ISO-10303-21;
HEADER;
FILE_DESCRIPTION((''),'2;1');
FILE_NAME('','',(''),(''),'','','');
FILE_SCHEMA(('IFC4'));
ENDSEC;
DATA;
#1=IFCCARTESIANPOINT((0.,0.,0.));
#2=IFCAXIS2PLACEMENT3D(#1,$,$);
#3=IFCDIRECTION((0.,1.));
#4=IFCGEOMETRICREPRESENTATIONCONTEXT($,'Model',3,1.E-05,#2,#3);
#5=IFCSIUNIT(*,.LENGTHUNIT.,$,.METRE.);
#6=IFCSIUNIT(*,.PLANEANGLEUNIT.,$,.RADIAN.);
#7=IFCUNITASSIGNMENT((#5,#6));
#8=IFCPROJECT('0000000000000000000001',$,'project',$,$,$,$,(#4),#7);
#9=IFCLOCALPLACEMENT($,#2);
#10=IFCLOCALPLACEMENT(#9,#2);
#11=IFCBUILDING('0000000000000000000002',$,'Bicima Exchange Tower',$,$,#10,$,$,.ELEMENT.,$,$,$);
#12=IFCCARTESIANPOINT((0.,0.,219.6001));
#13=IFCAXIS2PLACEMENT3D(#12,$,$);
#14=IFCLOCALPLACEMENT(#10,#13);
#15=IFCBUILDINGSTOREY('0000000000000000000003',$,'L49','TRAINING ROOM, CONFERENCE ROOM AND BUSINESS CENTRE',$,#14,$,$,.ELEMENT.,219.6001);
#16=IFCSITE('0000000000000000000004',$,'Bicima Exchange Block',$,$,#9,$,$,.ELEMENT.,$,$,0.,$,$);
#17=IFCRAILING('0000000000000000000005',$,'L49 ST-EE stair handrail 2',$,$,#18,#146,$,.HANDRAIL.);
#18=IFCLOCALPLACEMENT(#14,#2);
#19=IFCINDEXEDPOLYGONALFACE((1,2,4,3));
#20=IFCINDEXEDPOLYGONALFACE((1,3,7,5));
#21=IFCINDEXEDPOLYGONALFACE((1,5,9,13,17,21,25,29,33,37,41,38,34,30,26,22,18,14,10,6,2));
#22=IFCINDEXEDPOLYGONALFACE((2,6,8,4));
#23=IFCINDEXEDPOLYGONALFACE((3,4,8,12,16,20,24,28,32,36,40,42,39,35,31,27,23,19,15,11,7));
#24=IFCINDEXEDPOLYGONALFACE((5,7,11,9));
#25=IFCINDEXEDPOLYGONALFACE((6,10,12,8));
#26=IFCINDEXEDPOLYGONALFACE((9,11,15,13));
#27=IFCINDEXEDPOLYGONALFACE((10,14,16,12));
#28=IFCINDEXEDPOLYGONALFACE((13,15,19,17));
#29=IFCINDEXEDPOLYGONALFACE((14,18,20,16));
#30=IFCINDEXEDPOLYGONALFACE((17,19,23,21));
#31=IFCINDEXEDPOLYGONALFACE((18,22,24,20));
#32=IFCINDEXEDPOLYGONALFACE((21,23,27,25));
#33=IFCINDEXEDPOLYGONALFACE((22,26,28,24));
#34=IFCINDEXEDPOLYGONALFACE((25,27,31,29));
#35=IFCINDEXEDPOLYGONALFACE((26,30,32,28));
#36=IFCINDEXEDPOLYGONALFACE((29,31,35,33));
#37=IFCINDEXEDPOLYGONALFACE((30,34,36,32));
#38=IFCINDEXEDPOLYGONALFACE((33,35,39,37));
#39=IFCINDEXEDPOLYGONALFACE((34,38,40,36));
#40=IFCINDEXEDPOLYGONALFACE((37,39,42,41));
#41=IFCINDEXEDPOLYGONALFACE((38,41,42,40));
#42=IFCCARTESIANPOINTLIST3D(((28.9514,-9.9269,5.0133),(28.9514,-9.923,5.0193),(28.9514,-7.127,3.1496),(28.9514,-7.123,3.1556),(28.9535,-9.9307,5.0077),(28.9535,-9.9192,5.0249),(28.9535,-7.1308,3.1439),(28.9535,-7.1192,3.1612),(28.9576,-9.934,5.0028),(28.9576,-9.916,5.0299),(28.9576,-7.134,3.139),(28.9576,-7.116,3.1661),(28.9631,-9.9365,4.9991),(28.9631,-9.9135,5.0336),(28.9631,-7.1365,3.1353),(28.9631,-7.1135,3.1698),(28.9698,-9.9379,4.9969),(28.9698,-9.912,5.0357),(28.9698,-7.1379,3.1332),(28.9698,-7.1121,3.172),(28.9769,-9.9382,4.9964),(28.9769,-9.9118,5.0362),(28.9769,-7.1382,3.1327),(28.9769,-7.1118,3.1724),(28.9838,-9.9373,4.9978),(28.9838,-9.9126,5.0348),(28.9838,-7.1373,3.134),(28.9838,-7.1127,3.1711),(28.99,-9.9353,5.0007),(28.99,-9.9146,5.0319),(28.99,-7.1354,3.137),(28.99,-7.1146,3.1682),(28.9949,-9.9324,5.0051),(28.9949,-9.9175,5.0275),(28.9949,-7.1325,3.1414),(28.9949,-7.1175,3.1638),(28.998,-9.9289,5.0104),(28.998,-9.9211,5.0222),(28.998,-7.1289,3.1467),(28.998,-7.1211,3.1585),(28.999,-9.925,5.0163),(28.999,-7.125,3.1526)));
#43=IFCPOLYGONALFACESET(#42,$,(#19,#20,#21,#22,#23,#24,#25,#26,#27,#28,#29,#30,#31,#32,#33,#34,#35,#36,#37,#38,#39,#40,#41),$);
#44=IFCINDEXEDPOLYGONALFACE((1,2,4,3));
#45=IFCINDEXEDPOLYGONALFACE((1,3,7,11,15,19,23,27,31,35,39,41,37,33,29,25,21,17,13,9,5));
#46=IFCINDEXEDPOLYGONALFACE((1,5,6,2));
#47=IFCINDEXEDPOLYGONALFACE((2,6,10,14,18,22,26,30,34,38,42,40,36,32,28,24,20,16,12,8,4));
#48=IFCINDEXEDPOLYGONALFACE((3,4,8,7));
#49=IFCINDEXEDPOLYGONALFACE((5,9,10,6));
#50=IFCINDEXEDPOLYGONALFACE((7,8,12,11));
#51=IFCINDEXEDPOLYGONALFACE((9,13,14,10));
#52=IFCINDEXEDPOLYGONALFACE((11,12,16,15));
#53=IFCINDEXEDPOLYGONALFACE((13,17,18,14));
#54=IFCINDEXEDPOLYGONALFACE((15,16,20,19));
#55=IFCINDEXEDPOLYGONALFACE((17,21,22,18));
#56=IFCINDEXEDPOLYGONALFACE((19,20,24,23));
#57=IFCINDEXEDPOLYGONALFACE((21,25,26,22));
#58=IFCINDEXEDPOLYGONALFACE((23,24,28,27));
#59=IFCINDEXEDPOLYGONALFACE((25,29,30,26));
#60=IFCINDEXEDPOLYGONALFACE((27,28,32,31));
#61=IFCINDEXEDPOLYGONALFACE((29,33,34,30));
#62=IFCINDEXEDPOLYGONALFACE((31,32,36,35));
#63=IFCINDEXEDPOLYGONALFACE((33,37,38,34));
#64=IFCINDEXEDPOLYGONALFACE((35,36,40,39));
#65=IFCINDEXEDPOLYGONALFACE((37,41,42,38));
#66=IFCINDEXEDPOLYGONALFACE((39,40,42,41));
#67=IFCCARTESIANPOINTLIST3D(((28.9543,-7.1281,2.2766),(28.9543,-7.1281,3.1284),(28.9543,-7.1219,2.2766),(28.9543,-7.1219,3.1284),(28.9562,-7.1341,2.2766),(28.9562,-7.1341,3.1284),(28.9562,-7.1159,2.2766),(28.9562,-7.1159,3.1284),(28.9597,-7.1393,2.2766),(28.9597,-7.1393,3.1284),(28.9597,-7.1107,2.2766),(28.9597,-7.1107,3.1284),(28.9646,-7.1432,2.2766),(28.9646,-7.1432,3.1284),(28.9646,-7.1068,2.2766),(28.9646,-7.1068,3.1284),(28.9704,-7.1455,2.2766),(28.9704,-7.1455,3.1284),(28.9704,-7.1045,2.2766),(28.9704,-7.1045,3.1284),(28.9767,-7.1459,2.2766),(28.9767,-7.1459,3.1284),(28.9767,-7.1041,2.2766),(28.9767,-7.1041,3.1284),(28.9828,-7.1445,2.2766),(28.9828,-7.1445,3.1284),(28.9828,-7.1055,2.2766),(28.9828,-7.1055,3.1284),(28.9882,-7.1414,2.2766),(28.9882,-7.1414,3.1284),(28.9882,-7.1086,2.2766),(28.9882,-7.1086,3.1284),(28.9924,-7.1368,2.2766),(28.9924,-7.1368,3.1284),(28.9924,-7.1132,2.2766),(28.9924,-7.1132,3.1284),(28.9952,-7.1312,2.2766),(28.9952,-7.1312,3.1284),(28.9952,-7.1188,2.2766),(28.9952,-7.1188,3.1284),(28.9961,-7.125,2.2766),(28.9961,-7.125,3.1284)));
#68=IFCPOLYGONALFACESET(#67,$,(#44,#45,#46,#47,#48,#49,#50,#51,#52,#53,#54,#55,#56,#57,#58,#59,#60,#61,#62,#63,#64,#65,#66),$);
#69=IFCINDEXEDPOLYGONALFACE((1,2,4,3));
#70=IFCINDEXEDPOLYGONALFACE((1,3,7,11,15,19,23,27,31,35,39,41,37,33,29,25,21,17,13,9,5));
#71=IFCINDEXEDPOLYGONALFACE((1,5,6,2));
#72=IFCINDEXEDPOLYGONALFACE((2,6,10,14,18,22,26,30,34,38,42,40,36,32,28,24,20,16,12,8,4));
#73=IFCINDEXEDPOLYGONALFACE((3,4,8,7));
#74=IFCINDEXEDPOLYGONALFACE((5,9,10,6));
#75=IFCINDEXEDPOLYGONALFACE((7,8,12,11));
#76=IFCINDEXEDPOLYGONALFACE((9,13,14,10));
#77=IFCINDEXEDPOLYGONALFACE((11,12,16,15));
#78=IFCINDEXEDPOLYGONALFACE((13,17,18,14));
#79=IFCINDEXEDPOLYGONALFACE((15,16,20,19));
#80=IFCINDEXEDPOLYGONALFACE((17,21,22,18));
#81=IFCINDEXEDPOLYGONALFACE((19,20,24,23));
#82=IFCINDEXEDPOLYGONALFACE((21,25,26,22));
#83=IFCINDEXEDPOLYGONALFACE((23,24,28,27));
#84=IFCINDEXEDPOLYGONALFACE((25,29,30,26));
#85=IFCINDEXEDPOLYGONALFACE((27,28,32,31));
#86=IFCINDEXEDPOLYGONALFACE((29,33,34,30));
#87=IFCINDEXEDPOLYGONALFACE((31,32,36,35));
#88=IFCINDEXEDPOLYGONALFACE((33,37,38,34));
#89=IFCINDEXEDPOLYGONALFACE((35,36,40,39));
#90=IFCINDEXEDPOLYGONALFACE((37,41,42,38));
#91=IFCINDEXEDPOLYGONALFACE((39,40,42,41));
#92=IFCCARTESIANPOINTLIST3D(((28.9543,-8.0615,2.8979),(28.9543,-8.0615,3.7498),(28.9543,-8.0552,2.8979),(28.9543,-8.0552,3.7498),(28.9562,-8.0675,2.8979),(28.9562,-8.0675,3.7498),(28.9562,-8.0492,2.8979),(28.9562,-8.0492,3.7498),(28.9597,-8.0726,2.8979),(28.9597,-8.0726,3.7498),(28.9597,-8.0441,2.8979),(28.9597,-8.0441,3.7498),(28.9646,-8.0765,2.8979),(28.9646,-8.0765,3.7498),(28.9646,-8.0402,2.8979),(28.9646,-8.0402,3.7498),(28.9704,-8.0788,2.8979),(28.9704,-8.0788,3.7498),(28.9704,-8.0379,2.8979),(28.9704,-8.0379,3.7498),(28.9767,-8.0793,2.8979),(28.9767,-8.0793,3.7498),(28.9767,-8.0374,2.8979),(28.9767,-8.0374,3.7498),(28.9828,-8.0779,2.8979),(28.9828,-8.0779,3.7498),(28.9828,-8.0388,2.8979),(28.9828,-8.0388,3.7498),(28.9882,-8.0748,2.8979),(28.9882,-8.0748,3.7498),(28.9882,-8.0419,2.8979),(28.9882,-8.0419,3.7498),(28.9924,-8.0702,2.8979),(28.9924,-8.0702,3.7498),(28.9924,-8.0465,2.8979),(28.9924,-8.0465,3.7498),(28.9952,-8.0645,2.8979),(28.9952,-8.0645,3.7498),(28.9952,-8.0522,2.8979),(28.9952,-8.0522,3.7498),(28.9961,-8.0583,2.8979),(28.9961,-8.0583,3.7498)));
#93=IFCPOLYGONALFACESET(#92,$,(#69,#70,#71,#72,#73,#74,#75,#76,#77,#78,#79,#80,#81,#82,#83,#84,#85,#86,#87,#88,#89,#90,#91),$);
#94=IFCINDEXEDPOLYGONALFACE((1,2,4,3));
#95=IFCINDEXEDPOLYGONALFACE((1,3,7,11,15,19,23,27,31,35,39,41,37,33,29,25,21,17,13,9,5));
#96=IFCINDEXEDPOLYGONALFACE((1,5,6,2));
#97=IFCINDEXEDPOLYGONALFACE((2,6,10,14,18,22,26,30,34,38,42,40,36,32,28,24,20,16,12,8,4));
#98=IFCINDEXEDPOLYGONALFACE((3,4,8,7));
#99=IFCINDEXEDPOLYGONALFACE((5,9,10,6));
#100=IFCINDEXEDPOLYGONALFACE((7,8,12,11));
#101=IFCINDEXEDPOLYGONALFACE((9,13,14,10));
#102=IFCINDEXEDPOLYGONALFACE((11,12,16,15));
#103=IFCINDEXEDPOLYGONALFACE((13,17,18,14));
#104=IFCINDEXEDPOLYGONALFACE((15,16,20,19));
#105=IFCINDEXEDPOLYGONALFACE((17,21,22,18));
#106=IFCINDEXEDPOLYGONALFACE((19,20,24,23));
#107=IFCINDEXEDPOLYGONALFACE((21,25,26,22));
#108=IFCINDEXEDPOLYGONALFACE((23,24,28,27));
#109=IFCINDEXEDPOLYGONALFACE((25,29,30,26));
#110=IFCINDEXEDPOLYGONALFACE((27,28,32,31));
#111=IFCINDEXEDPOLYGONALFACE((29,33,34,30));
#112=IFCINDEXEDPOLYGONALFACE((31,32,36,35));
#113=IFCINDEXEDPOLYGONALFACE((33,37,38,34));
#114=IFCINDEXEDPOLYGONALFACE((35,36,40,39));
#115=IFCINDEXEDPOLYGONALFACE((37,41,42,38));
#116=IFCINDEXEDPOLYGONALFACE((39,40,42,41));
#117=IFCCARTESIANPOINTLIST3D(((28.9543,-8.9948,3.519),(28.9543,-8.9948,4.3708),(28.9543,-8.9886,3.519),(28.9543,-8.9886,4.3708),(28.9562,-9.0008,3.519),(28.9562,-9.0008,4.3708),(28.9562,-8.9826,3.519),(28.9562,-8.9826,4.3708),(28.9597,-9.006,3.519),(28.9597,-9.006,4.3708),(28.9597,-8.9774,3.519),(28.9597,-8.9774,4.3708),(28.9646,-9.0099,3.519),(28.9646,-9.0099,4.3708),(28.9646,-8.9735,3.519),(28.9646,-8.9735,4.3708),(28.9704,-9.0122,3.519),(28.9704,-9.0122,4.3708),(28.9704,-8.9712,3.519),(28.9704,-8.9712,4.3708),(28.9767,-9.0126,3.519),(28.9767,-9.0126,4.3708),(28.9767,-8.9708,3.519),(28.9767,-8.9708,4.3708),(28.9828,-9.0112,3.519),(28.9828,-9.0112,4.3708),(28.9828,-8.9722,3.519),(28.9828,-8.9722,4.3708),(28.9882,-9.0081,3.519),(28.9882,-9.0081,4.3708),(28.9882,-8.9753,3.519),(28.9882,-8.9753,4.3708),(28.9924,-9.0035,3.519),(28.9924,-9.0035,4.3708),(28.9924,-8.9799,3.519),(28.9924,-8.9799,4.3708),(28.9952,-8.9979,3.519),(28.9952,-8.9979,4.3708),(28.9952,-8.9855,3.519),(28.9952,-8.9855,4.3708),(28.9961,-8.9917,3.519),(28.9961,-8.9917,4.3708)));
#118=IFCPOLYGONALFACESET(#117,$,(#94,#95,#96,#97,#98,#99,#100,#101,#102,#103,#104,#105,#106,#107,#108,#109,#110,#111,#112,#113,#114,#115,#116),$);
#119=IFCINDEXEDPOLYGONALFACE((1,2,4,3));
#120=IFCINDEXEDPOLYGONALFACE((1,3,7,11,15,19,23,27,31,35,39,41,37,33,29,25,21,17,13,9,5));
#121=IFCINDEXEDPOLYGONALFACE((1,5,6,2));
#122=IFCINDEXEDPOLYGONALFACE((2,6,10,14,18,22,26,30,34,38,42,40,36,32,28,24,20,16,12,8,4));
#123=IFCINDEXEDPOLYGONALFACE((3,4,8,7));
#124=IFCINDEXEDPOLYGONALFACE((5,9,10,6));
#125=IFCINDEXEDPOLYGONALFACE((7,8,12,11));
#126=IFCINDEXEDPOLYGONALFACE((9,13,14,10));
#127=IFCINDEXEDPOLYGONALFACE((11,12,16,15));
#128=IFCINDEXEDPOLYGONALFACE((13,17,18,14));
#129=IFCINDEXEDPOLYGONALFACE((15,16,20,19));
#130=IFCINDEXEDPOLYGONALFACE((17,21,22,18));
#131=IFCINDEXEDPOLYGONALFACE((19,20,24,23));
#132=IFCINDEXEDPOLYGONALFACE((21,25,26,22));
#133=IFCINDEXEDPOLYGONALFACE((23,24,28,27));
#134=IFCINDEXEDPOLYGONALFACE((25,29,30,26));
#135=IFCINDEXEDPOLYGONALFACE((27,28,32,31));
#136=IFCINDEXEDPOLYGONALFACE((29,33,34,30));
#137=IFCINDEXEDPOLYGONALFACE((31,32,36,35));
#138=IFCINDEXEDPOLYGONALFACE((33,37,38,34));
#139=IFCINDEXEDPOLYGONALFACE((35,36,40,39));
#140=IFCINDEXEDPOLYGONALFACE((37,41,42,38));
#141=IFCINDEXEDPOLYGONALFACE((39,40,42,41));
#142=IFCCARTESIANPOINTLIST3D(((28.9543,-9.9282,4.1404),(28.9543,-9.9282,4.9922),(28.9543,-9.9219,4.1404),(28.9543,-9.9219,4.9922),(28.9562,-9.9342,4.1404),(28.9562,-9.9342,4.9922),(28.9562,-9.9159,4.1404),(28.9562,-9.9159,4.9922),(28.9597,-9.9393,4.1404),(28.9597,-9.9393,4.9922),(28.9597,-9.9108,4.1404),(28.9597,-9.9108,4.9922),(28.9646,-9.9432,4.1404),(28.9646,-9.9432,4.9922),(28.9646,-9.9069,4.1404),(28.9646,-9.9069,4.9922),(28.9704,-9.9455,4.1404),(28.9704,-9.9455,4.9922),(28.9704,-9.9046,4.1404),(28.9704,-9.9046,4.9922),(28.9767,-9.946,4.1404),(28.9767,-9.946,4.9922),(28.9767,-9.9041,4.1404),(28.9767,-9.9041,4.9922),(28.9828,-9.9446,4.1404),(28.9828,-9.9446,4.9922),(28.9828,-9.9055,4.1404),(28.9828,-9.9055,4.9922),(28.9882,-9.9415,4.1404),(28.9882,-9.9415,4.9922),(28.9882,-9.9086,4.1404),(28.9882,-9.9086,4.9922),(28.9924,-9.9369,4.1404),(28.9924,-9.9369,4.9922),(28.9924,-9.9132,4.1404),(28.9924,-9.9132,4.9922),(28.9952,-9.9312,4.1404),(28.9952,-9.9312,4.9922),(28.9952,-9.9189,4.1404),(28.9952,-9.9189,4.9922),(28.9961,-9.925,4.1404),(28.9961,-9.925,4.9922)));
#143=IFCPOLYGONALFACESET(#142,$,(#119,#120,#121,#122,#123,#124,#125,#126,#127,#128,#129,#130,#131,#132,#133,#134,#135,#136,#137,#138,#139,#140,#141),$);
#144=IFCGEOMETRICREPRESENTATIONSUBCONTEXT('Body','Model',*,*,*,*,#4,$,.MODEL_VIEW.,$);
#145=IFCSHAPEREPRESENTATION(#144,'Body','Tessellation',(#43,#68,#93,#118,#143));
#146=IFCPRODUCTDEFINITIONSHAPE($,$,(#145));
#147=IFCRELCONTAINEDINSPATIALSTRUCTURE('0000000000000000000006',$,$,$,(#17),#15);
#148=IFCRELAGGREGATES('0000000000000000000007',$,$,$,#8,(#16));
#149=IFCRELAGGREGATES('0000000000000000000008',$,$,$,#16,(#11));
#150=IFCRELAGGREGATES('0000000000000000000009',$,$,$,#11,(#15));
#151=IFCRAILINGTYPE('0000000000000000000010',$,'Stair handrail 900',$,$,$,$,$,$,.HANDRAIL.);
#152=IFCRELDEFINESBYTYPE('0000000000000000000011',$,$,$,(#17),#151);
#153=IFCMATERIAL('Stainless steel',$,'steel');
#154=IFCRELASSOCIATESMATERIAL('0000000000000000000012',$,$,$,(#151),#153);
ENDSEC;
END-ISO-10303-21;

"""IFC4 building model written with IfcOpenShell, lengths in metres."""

from ifc_helpers import new_model, si_unit, direction, frame, origin, origin_2d, place, context, subcontext, project, spatial, circle, extrude, material, type_object, element, save


model = new_model("IFC4")

# Units and contexts
model_context = context("Model", 3, precision=1e-05, world=origin(), true_north=direction((0.0, 1.0)))
body_context = subcontext(model_context, "Body", "Model", "MODEL_VIEW")
ifc_project = project(units=[si_unit("LENGTHUNIT", "METRE"), si_unit("PLANEANGLEUNIT", "RADIAN")], contexts=[model_context])

# Site, building, storey
site_placement = place(None, origin())
site = spatial("IfcSite", under=ifc_project, at=site_placement, Name="Bicima Exchange Block", CompositionType="ELEMENT", RefElevation=0.0)
building_placement = place(site_placement, origin())
building = spatial("IfcBuilding", under=site, at=building_placement, Name="Bicima Exchange Tower", CompositionType="ELEMENT")
storey_placement = place(building_placement, frame((0.0, 0.0, 219.6001)))
storey = spatial("IfcBuildingStorey", under=building, at=storey_placement, Name="L49", Description="TRAINING ROOM, CONFERENCE ROOM AND BUSINESS CENTRE", CompositionType="ELEMENT", Elevation=219.6001)

# Railing
ifc_material_1 = material(Name="Stainless steel", Category="steel")
railing_type_1 = type_object("IfcRailingType", Name="Stair handrail 900", PredefinedType="HANDRAIL", material=ifc_material_1)
for number, where, name in (
    (1, (28.9751, -7.125, 2.2766), "L49 ST-EE stair handrail 2"),
):
    element("IfcRailing", number, at=place(storey_placement, frame(where)), inside=storey, type_object=railing_type_1, Name=name, PredefinedType="HANDRAIL", context=body_context, shape_type="SweptSolid", body=[
        extrude(circle(Radius=0.0239, at=origin_2d()), frame((0.0, 0.0, 0.876), z_axis=(0.0, -0.832452, 0.554097), x_axis=(1.0, 0.0, 0.0)), (0.0, 0.0, 1.0), 3.3635),
        extrude(circle(Radius=0.021, at=origin_2d()), origin(), (0.0, 0.0, 1.0), 0.8518),
        extrude(circle(Radius=0.021, at=origin_2d()), frame((0.0, -0.9333, 0.6213)), (0.0, 0.0, 1.0), 0.8518),
        extrude(circle(Radius=0.021, at=origin_2d()), frame((0.0, -1.8667, 1.2424)), (0.0, 0.0, 1.0), 0.8518),
        extrude(circle(Radius=0.021, at=origin_2d()), frame((0.0, -2.8, 1.8638)), (0.0, 0.0, 1.0), 0.8518),
    ])

save(model, "model.ifc")
